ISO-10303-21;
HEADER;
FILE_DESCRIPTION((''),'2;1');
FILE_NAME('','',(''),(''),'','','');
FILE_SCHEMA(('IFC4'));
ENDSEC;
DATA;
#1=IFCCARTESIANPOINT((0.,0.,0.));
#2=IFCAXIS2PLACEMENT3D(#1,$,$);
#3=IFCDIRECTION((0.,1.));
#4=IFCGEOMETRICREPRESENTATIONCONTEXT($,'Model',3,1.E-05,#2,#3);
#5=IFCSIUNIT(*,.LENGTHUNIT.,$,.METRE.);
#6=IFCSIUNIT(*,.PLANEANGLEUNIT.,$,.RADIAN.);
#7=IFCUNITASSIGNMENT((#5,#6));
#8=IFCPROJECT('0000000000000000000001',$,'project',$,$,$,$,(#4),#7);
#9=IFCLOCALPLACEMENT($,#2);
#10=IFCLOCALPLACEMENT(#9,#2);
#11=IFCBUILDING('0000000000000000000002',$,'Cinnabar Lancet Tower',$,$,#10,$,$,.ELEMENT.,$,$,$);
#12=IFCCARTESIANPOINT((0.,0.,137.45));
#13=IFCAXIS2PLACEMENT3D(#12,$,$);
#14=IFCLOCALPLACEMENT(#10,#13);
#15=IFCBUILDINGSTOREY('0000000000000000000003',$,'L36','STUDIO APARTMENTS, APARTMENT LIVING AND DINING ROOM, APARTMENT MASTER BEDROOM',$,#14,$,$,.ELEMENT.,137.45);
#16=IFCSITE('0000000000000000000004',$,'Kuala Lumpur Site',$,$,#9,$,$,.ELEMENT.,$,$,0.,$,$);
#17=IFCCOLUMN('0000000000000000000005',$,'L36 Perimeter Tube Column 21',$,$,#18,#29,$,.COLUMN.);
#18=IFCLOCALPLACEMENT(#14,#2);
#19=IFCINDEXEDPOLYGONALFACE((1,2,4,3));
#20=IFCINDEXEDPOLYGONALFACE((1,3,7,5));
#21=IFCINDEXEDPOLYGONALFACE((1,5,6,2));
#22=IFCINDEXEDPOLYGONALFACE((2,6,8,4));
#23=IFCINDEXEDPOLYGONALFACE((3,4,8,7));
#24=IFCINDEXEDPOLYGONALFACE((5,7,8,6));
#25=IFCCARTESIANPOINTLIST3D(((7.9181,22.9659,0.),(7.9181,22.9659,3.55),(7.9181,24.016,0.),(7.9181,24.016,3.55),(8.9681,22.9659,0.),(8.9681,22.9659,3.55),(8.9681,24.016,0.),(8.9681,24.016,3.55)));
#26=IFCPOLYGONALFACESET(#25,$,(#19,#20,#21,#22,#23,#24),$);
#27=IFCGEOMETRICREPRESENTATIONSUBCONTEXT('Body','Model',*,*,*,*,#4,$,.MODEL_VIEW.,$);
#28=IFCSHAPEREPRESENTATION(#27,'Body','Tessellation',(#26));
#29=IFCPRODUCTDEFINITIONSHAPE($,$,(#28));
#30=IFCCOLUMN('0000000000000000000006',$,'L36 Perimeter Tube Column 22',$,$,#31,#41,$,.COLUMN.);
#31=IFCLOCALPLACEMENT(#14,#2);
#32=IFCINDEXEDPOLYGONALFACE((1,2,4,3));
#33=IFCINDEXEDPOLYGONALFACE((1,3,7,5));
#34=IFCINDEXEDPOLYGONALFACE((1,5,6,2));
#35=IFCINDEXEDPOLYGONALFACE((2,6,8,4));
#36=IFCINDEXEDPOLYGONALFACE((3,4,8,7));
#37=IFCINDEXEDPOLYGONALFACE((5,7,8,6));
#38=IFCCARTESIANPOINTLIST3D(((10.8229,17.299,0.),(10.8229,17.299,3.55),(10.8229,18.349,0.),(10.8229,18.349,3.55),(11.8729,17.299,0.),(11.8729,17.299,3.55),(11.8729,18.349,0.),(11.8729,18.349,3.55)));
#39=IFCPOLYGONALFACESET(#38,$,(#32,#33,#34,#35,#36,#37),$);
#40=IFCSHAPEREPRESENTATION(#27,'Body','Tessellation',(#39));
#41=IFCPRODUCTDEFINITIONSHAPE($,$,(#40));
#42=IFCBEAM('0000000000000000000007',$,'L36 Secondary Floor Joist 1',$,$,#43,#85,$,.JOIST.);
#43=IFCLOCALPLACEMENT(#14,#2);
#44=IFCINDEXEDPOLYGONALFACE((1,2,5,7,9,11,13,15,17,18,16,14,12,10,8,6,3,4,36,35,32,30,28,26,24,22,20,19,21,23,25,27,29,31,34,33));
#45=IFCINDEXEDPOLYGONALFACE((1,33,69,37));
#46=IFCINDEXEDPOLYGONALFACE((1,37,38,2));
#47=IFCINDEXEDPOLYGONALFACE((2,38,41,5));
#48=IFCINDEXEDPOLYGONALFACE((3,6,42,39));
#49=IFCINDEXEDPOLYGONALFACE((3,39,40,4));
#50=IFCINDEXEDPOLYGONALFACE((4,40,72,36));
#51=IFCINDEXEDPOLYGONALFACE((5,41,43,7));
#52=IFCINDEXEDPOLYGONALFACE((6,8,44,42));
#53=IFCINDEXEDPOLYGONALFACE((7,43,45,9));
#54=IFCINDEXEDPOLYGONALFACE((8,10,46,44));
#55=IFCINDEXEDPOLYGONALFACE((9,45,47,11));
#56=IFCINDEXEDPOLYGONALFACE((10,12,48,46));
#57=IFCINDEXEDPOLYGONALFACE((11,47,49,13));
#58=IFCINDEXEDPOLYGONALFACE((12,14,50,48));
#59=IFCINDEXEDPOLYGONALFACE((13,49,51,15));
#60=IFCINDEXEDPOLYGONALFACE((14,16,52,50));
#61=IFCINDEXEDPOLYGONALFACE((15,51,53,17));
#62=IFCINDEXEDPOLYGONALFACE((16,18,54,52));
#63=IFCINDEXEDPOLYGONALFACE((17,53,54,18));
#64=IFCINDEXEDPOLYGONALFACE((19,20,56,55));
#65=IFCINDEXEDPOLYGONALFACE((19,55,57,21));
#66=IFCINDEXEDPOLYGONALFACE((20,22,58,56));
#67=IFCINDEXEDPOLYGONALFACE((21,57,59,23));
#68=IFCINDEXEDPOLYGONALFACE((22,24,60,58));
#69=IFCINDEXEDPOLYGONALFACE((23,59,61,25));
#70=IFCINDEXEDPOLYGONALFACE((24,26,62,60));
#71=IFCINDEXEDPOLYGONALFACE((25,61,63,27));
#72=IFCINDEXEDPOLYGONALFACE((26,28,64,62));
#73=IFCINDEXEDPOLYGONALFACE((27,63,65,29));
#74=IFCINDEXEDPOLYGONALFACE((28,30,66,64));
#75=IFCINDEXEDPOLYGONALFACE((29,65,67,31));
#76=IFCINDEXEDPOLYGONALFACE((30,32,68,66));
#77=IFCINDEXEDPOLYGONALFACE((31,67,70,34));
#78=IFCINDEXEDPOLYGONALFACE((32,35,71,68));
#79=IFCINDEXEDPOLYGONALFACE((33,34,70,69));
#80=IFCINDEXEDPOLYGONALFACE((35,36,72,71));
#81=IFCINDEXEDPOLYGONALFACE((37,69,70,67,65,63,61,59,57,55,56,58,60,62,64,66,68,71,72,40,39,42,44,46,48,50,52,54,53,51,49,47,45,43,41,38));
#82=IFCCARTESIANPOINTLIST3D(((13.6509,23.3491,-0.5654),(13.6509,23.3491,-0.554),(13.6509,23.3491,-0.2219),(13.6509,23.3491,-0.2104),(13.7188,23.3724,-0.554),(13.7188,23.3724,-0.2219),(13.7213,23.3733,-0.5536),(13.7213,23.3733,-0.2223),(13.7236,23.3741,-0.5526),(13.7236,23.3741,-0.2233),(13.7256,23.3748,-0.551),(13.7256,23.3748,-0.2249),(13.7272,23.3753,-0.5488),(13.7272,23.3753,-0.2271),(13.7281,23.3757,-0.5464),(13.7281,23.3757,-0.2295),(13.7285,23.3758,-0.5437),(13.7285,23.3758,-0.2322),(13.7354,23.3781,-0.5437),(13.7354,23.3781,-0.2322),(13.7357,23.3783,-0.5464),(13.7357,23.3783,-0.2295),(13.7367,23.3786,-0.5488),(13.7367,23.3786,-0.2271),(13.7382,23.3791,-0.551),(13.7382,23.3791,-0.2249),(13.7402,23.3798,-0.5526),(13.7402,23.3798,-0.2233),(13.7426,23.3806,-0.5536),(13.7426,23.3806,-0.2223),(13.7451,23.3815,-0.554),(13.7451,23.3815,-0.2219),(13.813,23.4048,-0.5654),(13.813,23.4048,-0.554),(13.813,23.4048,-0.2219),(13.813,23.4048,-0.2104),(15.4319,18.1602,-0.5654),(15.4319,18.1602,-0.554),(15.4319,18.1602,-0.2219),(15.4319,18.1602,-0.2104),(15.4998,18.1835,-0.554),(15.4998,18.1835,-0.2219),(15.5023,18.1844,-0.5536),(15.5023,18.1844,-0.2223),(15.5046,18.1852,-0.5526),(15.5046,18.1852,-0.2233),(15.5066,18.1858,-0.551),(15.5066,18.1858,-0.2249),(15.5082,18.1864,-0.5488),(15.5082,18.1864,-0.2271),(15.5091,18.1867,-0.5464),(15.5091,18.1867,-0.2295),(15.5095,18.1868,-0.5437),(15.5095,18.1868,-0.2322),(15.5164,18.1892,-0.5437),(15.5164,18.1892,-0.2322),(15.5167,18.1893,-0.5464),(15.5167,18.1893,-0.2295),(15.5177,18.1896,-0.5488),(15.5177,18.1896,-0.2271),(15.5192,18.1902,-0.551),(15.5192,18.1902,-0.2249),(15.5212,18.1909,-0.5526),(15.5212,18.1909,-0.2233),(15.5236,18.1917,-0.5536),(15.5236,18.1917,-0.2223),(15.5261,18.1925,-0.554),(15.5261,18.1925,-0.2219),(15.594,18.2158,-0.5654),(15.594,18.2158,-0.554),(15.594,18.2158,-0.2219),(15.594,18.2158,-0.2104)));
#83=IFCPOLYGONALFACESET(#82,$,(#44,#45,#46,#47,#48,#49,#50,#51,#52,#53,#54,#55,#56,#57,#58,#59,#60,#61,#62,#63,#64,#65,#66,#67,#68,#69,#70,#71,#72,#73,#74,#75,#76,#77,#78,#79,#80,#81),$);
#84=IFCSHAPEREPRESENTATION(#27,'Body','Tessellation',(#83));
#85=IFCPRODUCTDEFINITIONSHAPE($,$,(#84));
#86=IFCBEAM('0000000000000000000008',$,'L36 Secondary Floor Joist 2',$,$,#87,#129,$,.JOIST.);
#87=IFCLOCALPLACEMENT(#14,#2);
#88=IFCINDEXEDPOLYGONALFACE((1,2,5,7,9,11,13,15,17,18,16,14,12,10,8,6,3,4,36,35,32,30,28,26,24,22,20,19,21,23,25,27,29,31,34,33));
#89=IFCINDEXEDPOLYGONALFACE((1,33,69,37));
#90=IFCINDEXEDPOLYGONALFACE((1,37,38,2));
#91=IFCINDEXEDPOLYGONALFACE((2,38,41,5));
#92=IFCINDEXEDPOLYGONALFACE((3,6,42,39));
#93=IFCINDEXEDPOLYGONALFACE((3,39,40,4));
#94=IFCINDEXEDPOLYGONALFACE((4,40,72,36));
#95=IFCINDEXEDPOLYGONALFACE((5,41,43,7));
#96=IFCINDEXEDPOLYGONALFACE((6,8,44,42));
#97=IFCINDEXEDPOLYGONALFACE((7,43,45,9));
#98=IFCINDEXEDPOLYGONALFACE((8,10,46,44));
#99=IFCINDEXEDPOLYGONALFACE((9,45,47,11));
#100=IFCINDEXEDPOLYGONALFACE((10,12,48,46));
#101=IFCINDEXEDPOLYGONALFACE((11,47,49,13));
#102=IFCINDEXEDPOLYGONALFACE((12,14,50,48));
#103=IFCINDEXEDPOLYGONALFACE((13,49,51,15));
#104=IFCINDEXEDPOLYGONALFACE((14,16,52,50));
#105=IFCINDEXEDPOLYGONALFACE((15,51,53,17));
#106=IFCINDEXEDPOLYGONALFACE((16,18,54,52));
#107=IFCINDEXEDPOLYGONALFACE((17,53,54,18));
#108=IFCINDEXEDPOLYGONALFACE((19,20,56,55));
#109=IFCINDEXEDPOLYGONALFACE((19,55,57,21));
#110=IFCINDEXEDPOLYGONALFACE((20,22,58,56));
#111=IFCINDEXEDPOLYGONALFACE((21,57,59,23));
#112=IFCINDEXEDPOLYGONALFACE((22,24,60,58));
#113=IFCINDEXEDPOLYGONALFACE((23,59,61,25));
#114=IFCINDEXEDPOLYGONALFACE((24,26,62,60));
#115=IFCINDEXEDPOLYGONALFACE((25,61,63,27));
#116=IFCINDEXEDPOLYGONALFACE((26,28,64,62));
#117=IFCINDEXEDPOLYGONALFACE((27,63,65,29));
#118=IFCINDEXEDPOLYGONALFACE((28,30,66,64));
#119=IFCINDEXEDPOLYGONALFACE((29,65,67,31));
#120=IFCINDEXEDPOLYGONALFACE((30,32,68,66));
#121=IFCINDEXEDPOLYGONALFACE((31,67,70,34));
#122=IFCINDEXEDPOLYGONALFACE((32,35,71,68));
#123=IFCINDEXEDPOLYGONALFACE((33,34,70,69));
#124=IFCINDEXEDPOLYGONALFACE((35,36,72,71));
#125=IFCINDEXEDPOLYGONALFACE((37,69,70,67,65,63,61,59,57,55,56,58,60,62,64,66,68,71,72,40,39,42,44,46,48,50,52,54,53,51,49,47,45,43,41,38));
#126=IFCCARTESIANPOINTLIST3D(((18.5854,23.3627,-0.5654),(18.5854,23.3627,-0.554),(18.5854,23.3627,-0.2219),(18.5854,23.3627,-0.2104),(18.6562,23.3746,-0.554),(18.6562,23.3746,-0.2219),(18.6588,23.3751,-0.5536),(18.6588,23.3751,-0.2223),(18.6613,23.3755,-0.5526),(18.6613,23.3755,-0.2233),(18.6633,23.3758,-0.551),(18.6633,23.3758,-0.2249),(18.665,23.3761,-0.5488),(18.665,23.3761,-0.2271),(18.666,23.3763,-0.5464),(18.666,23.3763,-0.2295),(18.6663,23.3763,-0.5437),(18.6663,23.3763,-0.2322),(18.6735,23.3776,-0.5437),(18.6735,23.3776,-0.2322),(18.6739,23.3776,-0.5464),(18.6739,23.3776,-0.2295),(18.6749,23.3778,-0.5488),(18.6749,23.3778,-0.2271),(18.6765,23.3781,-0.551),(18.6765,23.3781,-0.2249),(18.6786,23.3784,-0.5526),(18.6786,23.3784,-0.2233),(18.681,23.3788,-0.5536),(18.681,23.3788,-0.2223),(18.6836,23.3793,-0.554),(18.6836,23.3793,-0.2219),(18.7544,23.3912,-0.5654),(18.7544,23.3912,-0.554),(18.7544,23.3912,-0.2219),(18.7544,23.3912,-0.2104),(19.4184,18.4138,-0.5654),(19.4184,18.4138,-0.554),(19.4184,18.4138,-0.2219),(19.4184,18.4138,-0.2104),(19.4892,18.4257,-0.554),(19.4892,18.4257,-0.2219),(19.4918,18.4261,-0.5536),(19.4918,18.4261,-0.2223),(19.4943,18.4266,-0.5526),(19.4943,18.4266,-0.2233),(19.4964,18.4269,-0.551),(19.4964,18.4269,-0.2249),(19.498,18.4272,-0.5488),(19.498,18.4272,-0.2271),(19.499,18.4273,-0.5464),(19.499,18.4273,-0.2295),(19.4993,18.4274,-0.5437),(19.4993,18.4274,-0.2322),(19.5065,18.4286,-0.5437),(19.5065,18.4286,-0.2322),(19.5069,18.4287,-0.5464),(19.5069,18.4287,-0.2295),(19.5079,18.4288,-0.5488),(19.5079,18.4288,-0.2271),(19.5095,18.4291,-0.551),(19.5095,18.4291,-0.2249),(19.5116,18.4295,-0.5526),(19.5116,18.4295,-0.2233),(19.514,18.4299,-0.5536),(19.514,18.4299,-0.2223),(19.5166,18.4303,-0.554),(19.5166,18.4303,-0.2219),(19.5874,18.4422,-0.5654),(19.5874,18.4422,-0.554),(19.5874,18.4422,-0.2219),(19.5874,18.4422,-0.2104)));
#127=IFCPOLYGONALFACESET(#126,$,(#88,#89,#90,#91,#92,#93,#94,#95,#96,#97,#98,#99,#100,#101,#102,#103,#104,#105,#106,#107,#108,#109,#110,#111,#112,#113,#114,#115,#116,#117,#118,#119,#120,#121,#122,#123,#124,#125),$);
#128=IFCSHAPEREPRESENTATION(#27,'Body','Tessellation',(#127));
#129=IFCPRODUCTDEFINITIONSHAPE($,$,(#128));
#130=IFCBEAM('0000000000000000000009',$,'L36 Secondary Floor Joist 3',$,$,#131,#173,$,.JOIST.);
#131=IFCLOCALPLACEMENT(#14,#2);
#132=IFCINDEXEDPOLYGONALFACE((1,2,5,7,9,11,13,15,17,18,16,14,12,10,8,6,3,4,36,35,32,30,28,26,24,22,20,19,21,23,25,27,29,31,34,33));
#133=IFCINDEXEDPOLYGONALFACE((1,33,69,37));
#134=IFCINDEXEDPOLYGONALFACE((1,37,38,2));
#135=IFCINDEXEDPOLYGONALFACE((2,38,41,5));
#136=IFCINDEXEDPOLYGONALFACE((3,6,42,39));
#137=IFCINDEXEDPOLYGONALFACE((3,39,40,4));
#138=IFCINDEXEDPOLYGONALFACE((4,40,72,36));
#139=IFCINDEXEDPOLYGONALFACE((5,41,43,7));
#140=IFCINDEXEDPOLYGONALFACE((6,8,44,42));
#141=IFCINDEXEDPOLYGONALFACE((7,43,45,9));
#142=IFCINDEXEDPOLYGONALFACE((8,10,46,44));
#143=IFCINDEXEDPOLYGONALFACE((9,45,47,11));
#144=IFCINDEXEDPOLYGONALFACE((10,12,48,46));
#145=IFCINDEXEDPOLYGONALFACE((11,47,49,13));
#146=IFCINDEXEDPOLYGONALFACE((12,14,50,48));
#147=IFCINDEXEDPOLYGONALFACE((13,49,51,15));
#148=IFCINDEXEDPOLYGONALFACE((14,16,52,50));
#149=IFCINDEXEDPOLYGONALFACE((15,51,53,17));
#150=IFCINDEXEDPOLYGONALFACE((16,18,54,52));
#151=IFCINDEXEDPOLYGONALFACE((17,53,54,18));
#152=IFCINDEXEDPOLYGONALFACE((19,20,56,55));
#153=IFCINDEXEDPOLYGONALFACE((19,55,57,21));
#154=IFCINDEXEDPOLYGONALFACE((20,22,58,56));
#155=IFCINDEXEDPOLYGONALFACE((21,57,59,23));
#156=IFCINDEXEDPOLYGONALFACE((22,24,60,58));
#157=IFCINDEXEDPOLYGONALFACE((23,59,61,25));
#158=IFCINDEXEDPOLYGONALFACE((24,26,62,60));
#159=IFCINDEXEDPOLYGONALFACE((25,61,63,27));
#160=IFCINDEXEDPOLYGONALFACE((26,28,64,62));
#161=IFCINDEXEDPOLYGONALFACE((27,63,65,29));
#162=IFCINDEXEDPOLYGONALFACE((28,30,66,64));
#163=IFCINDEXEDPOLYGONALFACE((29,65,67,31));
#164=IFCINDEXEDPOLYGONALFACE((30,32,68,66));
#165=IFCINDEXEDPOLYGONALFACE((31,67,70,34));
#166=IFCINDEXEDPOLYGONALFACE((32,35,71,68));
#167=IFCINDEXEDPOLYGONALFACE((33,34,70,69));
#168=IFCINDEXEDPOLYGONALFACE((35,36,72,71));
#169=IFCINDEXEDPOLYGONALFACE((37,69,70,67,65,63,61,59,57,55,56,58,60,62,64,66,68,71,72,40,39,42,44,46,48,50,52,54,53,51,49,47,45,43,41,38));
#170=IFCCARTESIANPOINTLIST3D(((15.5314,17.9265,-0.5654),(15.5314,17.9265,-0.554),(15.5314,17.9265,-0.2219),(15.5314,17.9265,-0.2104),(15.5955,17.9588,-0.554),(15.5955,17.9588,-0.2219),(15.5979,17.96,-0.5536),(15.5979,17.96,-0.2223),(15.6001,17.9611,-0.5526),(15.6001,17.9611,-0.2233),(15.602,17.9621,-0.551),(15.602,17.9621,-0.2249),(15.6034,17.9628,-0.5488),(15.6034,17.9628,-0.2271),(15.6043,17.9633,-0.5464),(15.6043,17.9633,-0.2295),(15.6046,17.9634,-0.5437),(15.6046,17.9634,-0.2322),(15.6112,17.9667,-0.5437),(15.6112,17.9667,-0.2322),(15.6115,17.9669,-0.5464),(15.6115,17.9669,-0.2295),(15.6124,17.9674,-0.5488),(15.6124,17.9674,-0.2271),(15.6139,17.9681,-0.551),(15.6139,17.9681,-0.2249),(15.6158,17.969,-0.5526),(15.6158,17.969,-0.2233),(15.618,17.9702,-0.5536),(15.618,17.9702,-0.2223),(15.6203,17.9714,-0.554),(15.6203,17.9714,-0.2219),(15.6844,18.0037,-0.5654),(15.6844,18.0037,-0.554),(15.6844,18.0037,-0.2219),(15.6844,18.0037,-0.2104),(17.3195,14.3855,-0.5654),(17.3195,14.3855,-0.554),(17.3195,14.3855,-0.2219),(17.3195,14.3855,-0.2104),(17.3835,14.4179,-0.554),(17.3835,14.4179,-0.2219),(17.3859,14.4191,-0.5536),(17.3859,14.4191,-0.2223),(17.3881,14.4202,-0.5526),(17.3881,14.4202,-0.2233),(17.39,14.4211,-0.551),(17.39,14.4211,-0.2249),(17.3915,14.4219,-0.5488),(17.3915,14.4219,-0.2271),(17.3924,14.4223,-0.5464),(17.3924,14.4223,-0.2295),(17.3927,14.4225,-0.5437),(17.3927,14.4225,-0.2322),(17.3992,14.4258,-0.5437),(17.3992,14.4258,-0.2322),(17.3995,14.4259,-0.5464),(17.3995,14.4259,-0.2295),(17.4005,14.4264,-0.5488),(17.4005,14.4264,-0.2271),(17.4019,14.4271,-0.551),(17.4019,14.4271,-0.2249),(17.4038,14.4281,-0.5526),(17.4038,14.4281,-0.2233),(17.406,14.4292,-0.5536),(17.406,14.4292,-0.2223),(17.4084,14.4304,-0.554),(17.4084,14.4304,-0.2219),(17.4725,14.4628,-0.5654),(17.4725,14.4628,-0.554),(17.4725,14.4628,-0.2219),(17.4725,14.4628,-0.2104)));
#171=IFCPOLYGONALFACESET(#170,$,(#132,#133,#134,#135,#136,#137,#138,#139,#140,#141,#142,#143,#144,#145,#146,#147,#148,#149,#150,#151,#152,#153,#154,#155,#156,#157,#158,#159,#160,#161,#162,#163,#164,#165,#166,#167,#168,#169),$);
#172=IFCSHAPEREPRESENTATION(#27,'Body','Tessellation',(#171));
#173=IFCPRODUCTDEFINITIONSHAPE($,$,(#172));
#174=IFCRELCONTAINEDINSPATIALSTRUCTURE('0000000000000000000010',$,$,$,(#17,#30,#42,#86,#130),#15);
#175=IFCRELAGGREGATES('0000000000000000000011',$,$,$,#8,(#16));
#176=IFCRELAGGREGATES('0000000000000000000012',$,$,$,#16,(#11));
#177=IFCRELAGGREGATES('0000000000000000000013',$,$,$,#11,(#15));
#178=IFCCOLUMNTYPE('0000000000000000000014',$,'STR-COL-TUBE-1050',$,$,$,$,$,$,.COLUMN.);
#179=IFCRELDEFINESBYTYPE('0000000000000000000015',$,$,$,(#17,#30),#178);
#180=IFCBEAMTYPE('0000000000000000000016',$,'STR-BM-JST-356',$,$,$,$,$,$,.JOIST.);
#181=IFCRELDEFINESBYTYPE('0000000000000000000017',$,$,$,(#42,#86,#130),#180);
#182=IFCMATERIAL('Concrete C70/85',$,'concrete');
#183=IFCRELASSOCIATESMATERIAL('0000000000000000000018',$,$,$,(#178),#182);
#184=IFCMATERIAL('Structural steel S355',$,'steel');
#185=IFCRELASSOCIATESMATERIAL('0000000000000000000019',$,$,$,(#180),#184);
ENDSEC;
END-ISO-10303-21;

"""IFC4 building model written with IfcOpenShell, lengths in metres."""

from ifc_helpers import new_model, si_unit, direction, frame, origin, origin_2d, place, context, subcontext, project, spatial, rectangle, i_section, extrude, material, material_profile, profile_set, type_object, element, save


model = new_model("IFC4")

# Units and contexts
model_context = context("Model", 3, precision=1e-05, world=origin(), true_north=direction((0.0, 1.0)))
body_context = subcontext(model_context, "Body", "Model", "MODEL_VIEW")
ifc_project = project(units=[si_unit("LENGTHUNIT", "METRE"), si_unit("PLANEANGLEUNIT", "RADIAN")], contexts=[model_context])

# Site, building, storey
site_placement = place(None, origin())
site = spatial("IfcSite", under=ifc_project, at=site_placement, Name="Kuala Lumpur Site", CompositionType="ELEMENT", RefElevation=0.0)
building_placement = place(site_placement, origin())
building = spatial("IfcBuilding", under=site, at=building_placement, Name="Cinnabar Lancet Tower", CompositionType="ELEMENT")
storey_placement = place(building_placement, frame((0.0, 0.0, 137.45)))
storey = spatial("IfcBuildingStorey", under=building, at=storey_placement, Name="L36", Description="STUDIO APARTMENTS, APARTMENT LIVING AND DINING ROOM, APARTMENT MASTER BEDROOM", CompositionType="ELEMENT", Elevation=137.45)

# Columns
ifc_material_1 = material(Name="Concrete C70/85", Category="concrete")
ifc_material_profile_1 = material_profile(ifc_material_1, rectangle(XDim=1.05, YDim=1.05, at=origin_2d()), Name="RC-COL 1050x1050")
ifc_profile_set_1 = profile_set([ifc_material_profile_1], Name="Concrete C70/85")
column_type = type_object("IfcColumnType", Name="STR-COL-TUBE-1050", PredefinedType="COLUMN", material=ifc_profile_set_1)
for number, where, z_axis, x_axis, name in (
    (1, (8.4431, 23.491, 0.0), (0.0, 0.0, 1.0), (1.0, 0.0, 0.0), "L36 Perimeter Tube Column 21"),
    (2, (11.3479, 17.824, 0.0), (0.0, 0.0, 1.0), (1.0, 0.0, 0.0), "L36 Perimeter Tube Column 22"),
):
    element("IfcColumn", number, at=place(storey_placement, frame(where, z_axis=z_axis, x_axis=x_axis)), inside=storey, type_object=column_type, Name=name, PredefinedType="COLUMN", context=body_context, shape_type="SweptSolid", body=[
        extrude(rectangle(XDim=1.05, YDim=1.05, at=origin_2d()), origin(), (0.0, 0.0, 1.0), 3.55),
    ])

# Beams
ifc_material_2 = material(Name="Structural steel S355", Category="steel")
ifc_material_profile_2 = material_profile(ifc_material_2, i_section(OverallWidth=0.1714, OverallDepth=0.355, WebThickness=0.0073, FlangeThickness=0.0115, FilletRadius=0.0103, at=origin_2d()), Name="UKB 356x171x51")
ifc_profile_set_2 = profile_set([ifc_material_profile_2], Name="Structural steel S355")
beam_type_1 = type_object("IfcBeamType", Name="STR-BM-JST-356", PredefinedType="JOIST", material=ifc_profile_set_2)
beam_1_placement = place(storey_placement, frame((13.7319, 23.377, -0.3879), z_axis=(0.324639, -0.945838, 0.0), x_axis=(0.945838, 0.324639, 0.0)))
element("IfcBeam", 3, at=beam_1_placement, inside=storey, type_object=beam_type_1, Name="L36 Secondary Floor Joist 1", PredefinedType="JOIST", context=body_context, shape_type="SweptSolid", body=[
    extrude(i_section(OverallWidth=0.1714, OverallDepth=0.355, WebThickness=0.0073, FlangeThickness=0.0115, FilletRadius=0.0103, at=origin_2d()), origin(), (0.0, 0.0, 1.0), 5.4861),
])
beam_2_placement = place(storey_placement, frame((18.6699, 23.377, -0.3879), z_axis=(0.165984, -0.986128, 0.0), x_axis=(0.986128, 0.165984, 0.0)))
element("IfcBeam", 4, at=beam_2_placement, inside=storey, type_object=beam_type_1, Name="L36 Secondary Floor Joist 2", PredefinedType="JOIST", context=body_context, shape_type="SweptSolid", body=[
    extrude(i_section(OverallWidth=0.1714, OverallDepth=0.355, WebThickness=0.0073, FlangeThickness=0.0115, FilletRadius=0.0103, at=origin_2d()), origin(), (0.0, 0.0, 1.0), 5.0186),
])
beam_3_placement = place(storey_placement, frame((15.6079, 17.9651, -0.3879), z_axis=(0.450755, -0.892648, 0.0), x_axis=(0.892648, 0.450755, 0.0)))
element("IfcBeam", 5, at=beam_3_placement, inside=storey, type_object=beam_type_1, Name="L36 Secondary Floor Joist 3", PredefinedType="JOIST", context=body_context, shape_type="SweptSolid", body=[
    extrude(i_section(OverallWidth=0.1714, OverallDepth=0.355, WebThickness=0.0073, FlangeThickness=0.0115, FilletRadius=0.0103, at=origin_2d()), origin(), (0.0, 0.0, 1.0), 3.9668),
])

save(model, "model.ifc")
